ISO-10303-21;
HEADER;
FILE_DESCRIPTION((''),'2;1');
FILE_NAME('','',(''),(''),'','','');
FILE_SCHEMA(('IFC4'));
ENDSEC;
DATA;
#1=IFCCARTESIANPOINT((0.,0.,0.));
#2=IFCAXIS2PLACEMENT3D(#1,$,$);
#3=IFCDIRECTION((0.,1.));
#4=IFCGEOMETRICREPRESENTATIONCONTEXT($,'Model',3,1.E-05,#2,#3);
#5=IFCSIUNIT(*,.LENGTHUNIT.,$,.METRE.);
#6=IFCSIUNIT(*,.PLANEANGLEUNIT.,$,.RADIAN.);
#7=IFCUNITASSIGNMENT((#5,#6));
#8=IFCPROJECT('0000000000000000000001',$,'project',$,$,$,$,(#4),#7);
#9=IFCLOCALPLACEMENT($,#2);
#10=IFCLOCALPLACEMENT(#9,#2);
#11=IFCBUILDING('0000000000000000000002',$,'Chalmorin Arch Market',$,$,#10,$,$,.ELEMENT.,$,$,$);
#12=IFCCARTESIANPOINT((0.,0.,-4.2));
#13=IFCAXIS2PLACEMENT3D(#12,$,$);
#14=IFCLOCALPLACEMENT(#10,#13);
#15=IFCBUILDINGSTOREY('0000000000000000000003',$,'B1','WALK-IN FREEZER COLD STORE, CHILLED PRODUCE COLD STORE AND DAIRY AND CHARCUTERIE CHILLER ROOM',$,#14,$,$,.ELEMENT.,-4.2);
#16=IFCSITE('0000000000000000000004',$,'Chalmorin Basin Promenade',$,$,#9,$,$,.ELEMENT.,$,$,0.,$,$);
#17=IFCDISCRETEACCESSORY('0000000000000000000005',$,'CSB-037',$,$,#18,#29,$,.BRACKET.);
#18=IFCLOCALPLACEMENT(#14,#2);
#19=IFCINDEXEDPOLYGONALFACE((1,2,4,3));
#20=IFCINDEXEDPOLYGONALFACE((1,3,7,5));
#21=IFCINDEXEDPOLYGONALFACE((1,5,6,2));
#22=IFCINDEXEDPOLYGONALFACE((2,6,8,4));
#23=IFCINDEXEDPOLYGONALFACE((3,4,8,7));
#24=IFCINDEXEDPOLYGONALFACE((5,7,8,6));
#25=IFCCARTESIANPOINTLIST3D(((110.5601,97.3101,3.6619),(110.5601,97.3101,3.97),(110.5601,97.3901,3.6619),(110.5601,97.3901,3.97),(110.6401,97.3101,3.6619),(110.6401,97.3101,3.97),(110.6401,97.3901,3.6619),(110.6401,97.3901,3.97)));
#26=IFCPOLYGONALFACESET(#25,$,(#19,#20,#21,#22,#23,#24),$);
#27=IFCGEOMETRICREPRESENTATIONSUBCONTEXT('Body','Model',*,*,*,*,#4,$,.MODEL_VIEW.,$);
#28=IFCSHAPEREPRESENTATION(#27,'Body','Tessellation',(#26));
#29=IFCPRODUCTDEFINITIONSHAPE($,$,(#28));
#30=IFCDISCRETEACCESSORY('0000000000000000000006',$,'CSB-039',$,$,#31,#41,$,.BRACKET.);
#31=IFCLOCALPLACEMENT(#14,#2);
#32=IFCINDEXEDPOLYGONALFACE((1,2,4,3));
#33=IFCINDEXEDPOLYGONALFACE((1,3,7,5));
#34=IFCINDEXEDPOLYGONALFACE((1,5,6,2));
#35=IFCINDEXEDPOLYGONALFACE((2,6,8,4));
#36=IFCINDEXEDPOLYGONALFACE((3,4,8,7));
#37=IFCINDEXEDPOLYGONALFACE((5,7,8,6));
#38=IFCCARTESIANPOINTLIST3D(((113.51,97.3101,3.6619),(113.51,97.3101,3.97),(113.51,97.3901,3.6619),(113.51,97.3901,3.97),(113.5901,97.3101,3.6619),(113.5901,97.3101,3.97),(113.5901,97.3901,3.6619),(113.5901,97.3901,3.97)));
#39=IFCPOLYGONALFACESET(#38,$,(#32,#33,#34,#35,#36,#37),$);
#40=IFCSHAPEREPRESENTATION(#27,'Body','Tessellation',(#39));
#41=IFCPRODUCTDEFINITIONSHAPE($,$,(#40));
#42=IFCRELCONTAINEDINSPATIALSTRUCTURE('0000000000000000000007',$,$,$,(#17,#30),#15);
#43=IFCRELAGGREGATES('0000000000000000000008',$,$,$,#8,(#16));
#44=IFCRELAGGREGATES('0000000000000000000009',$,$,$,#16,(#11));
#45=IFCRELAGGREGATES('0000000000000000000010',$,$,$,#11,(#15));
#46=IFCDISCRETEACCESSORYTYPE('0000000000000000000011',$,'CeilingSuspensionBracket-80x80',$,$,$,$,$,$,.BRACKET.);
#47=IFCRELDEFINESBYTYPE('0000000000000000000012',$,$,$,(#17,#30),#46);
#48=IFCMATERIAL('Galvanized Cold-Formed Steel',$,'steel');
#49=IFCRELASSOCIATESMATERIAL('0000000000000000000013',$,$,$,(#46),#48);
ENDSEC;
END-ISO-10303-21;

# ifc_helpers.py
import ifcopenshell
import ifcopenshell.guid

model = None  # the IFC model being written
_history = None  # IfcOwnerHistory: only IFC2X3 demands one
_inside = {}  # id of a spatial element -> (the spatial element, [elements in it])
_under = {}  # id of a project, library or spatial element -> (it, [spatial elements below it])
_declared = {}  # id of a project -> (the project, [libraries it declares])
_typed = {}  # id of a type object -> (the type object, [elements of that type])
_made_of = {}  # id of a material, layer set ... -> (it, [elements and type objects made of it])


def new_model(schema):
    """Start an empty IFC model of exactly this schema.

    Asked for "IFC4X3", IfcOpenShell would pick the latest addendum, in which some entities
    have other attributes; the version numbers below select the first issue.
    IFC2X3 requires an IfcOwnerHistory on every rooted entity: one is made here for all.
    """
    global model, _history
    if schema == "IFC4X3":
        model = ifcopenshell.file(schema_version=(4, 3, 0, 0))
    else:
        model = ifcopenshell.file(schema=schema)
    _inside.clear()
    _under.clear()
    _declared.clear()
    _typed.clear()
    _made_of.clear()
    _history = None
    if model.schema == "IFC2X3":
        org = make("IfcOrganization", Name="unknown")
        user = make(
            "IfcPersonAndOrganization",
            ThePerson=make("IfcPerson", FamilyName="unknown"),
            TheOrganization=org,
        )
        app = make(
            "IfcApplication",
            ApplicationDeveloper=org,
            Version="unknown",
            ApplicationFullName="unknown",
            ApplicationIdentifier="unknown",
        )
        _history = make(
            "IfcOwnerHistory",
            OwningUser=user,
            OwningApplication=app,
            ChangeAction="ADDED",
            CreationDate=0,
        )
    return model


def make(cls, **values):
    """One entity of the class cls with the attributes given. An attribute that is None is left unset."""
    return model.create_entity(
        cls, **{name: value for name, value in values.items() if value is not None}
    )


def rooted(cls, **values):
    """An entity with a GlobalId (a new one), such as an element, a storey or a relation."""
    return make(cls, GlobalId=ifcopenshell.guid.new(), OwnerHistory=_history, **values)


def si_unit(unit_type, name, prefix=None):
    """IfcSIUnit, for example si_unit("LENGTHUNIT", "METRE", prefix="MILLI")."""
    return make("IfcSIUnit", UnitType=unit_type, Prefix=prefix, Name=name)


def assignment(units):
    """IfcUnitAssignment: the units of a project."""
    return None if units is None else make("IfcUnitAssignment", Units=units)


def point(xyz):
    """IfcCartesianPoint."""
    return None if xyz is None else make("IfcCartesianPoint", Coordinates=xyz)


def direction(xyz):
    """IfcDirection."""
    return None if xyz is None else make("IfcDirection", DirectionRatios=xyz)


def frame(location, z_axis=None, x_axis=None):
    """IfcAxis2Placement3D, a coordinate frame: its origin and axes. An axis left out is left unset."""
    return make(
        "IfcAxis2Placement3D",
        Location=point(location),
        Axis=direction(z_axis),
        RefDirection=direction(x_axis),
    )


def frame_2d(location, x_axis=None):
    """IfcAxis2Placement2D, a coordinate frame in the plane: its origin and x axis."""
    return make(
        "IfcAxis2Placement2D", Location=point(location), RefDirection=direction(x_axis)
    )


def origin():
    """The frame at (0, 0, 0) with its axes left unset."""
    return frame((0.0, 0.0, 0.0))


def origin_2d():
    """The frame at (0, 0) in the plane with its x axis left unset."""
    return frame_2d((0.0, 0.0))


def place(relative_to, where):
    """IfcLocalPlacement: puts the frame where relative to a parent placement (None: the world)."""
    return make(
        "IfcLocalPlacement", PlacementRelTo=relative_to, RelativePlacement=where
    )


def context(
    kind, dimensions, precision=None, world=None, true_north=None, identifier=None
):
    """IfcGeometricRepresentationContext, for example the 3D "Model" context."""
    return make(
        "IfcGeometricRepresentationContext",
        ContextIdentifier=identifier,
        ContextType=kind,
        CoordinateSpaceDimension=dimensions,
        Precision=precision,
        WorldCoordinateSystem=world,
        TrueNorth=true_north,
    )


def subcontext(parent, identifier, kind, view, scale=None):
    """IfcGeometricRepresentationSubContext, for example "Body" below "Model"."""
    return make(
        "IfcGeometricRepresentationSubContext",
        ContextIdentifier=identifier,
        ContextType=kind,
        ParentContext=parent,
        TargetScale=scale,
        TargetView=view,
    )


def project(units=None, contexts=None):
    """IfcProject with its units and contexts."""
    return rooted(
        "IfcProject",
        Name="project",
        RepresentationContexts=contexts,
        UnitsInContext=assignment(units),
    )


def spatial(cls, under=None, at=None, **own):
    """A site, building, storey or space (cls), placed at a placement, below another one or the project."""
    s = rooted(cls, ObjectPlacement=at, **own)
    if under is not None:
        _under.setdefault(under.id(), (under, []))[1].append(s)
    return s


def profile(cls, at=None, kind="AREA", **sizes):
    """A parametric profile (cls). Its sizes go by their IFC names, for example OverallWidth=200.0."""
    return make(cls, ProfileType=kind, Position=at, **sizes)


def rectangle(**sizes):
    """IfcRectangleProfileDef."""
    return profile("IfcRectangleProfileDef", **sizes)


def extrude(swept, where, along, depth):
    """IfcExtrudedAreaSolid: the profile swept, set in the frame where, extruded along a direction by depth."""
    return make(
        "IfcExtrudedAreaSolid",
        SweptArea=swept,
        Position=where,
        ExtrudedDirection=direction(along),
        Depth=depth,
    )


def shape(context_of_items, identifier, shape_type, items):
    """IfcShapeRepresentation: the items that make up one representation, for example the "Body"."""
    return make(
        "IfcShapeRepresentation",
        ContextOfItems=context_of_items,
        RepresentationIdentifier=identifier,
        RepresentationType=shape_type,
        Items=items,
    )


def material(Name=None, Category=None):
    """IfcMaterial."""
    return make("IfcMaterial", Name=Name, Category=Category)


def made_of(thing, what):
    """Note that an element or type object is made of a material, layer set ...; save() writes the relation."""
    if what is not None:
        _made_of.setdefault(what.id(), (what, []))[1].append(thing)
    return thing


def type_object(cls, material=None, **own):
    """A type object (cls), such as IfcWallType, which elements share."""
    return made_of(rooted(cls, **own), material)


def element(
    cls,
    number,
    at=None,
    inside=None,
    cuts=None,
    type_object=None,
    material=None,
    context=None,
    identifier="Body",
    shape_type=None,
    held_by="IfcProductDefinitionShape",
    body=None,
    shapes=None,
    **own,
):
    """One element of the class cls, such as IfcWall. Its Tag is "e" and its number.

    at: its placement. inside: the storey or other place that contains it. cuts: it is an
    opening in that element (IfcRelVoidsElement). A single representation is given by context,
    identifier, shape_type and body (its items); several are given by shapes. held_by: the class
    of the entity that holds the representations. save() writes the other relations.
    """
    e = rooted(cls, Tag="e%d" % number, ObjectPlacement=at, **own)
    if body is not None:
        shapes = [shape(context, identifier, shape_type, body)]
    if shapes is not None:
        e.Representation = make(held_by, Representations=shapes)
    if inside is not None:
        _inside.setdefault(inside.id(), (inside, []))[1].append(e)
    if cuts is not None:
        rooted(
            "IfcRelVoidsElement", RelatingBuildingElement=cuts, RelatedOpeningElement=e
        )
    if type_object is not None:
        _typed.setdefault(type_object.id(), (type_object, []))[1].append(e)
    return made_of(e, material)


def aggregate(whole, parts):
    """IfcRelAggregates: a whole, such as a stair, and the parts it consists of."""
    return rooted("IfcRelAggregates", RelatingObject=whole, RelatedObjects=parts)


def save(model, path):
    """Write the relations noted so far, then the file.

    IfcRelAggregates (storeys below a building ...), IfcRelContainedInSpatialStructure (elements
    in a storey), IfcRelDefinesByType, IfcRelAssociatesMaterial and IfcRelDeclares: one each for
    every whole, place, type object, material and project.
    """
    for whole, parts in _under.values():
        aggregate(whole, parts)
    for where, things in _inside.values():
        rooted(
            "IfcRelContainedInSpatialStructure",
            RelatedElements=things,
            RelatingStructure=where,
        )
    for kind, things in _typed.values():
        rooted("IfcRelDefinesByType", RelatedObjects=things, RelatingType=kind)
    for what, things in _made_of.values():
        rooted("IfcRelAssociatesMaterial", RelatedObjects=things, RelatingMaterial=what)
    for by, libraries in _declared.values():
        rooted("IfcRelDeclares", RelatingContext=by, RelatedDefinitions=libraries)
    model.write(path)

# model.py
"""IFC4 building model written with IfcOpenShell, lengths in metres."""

from ifc_helpers import new_model, si_unit, direction, frame, origin, origin_2d, place, context, subcontext, project, spatial, rectangle, extrude, material, type_object, element, save


model = new_model("IFC4")

# Units and contexts
model_context = context("Model", 3, precision=1e-05, world=origin(), true_north=direction((0.0, 1.0)))
body_context = subcontext(model_context, "Body", "Model", "MODEL_VIEW")
ifc_project = project(units=[si_unit("LENGTHUNIT", "METRE"), si_unit("PLANEANGLEUNIT", "RADIAN")], contexts=[model_context])

# Site, building, storey
site_placement = place(None, origin())
site = spatial("IfcSite", under=ifc_project, at=site_placement, Name="Chalmorin Basin Promenade", CompositionType="ELEMENT", RefElevation=0.0)
building_placement = place(site_placement, origin())
building = spatial("IfcBuilding", under=site, at=building_placement, Name="Chalmorin Arch Market", CompositionType="ELEMENT")
storey_placement = place(building_placement, frame((0.0, 0.0, -4.2)))
storey = spatial("IfcBuildingStorey", under=building, at=storey_placement, Name="B1", Description="WALK-IN FREEZER COLD STORE, CHILLED PRODUCE COLD STORE AND DAIRY AND CHARCUTERIE CHILLER ROOM", CompositionType="ELEMENT", Elevation=-4.2)

# Discrete accessories
ifc_material_1 = material(Name="Galvanized Cold-Formed Steel", Category="steel")
discrete_accessory_type = type_object("IfcDiscreteAccessoryType", Name="CeilingSuspensionBracket-80x80", PredefinedType="BRACKET", material=ifc_material_1)
for number, where, z_axis, x_axis, name in (
    (1, (110.6001, 97.3501, 3.6619), (0.0, 0.0, 1.0), (1.0, 0.0, 0.0), "CSB-037"),
    (2, (113.55, 97.3501, 3.6619), (0.0, 0.0, 1.0), (1.0, 0.0, 0.0), "CSB-039"),
):
    element("IfcDiscreteAccessory", number, at=place(storey_placement, frame(where, z_axis=z_axis, x_axis=x_axis)), inside=storey, type_object=discrete_accessory_type, Name=name, PredefinedType="BRACKET", context=body_context, shape_type="SweptSolid", body=[
        extrude(rectangle(XDim=0.0801, YDim=0.0801, at=origin_2d()), origin(), (0.0, 0.0, 1.0), 0.3081),
    ])

save(model, "model.ifc")
